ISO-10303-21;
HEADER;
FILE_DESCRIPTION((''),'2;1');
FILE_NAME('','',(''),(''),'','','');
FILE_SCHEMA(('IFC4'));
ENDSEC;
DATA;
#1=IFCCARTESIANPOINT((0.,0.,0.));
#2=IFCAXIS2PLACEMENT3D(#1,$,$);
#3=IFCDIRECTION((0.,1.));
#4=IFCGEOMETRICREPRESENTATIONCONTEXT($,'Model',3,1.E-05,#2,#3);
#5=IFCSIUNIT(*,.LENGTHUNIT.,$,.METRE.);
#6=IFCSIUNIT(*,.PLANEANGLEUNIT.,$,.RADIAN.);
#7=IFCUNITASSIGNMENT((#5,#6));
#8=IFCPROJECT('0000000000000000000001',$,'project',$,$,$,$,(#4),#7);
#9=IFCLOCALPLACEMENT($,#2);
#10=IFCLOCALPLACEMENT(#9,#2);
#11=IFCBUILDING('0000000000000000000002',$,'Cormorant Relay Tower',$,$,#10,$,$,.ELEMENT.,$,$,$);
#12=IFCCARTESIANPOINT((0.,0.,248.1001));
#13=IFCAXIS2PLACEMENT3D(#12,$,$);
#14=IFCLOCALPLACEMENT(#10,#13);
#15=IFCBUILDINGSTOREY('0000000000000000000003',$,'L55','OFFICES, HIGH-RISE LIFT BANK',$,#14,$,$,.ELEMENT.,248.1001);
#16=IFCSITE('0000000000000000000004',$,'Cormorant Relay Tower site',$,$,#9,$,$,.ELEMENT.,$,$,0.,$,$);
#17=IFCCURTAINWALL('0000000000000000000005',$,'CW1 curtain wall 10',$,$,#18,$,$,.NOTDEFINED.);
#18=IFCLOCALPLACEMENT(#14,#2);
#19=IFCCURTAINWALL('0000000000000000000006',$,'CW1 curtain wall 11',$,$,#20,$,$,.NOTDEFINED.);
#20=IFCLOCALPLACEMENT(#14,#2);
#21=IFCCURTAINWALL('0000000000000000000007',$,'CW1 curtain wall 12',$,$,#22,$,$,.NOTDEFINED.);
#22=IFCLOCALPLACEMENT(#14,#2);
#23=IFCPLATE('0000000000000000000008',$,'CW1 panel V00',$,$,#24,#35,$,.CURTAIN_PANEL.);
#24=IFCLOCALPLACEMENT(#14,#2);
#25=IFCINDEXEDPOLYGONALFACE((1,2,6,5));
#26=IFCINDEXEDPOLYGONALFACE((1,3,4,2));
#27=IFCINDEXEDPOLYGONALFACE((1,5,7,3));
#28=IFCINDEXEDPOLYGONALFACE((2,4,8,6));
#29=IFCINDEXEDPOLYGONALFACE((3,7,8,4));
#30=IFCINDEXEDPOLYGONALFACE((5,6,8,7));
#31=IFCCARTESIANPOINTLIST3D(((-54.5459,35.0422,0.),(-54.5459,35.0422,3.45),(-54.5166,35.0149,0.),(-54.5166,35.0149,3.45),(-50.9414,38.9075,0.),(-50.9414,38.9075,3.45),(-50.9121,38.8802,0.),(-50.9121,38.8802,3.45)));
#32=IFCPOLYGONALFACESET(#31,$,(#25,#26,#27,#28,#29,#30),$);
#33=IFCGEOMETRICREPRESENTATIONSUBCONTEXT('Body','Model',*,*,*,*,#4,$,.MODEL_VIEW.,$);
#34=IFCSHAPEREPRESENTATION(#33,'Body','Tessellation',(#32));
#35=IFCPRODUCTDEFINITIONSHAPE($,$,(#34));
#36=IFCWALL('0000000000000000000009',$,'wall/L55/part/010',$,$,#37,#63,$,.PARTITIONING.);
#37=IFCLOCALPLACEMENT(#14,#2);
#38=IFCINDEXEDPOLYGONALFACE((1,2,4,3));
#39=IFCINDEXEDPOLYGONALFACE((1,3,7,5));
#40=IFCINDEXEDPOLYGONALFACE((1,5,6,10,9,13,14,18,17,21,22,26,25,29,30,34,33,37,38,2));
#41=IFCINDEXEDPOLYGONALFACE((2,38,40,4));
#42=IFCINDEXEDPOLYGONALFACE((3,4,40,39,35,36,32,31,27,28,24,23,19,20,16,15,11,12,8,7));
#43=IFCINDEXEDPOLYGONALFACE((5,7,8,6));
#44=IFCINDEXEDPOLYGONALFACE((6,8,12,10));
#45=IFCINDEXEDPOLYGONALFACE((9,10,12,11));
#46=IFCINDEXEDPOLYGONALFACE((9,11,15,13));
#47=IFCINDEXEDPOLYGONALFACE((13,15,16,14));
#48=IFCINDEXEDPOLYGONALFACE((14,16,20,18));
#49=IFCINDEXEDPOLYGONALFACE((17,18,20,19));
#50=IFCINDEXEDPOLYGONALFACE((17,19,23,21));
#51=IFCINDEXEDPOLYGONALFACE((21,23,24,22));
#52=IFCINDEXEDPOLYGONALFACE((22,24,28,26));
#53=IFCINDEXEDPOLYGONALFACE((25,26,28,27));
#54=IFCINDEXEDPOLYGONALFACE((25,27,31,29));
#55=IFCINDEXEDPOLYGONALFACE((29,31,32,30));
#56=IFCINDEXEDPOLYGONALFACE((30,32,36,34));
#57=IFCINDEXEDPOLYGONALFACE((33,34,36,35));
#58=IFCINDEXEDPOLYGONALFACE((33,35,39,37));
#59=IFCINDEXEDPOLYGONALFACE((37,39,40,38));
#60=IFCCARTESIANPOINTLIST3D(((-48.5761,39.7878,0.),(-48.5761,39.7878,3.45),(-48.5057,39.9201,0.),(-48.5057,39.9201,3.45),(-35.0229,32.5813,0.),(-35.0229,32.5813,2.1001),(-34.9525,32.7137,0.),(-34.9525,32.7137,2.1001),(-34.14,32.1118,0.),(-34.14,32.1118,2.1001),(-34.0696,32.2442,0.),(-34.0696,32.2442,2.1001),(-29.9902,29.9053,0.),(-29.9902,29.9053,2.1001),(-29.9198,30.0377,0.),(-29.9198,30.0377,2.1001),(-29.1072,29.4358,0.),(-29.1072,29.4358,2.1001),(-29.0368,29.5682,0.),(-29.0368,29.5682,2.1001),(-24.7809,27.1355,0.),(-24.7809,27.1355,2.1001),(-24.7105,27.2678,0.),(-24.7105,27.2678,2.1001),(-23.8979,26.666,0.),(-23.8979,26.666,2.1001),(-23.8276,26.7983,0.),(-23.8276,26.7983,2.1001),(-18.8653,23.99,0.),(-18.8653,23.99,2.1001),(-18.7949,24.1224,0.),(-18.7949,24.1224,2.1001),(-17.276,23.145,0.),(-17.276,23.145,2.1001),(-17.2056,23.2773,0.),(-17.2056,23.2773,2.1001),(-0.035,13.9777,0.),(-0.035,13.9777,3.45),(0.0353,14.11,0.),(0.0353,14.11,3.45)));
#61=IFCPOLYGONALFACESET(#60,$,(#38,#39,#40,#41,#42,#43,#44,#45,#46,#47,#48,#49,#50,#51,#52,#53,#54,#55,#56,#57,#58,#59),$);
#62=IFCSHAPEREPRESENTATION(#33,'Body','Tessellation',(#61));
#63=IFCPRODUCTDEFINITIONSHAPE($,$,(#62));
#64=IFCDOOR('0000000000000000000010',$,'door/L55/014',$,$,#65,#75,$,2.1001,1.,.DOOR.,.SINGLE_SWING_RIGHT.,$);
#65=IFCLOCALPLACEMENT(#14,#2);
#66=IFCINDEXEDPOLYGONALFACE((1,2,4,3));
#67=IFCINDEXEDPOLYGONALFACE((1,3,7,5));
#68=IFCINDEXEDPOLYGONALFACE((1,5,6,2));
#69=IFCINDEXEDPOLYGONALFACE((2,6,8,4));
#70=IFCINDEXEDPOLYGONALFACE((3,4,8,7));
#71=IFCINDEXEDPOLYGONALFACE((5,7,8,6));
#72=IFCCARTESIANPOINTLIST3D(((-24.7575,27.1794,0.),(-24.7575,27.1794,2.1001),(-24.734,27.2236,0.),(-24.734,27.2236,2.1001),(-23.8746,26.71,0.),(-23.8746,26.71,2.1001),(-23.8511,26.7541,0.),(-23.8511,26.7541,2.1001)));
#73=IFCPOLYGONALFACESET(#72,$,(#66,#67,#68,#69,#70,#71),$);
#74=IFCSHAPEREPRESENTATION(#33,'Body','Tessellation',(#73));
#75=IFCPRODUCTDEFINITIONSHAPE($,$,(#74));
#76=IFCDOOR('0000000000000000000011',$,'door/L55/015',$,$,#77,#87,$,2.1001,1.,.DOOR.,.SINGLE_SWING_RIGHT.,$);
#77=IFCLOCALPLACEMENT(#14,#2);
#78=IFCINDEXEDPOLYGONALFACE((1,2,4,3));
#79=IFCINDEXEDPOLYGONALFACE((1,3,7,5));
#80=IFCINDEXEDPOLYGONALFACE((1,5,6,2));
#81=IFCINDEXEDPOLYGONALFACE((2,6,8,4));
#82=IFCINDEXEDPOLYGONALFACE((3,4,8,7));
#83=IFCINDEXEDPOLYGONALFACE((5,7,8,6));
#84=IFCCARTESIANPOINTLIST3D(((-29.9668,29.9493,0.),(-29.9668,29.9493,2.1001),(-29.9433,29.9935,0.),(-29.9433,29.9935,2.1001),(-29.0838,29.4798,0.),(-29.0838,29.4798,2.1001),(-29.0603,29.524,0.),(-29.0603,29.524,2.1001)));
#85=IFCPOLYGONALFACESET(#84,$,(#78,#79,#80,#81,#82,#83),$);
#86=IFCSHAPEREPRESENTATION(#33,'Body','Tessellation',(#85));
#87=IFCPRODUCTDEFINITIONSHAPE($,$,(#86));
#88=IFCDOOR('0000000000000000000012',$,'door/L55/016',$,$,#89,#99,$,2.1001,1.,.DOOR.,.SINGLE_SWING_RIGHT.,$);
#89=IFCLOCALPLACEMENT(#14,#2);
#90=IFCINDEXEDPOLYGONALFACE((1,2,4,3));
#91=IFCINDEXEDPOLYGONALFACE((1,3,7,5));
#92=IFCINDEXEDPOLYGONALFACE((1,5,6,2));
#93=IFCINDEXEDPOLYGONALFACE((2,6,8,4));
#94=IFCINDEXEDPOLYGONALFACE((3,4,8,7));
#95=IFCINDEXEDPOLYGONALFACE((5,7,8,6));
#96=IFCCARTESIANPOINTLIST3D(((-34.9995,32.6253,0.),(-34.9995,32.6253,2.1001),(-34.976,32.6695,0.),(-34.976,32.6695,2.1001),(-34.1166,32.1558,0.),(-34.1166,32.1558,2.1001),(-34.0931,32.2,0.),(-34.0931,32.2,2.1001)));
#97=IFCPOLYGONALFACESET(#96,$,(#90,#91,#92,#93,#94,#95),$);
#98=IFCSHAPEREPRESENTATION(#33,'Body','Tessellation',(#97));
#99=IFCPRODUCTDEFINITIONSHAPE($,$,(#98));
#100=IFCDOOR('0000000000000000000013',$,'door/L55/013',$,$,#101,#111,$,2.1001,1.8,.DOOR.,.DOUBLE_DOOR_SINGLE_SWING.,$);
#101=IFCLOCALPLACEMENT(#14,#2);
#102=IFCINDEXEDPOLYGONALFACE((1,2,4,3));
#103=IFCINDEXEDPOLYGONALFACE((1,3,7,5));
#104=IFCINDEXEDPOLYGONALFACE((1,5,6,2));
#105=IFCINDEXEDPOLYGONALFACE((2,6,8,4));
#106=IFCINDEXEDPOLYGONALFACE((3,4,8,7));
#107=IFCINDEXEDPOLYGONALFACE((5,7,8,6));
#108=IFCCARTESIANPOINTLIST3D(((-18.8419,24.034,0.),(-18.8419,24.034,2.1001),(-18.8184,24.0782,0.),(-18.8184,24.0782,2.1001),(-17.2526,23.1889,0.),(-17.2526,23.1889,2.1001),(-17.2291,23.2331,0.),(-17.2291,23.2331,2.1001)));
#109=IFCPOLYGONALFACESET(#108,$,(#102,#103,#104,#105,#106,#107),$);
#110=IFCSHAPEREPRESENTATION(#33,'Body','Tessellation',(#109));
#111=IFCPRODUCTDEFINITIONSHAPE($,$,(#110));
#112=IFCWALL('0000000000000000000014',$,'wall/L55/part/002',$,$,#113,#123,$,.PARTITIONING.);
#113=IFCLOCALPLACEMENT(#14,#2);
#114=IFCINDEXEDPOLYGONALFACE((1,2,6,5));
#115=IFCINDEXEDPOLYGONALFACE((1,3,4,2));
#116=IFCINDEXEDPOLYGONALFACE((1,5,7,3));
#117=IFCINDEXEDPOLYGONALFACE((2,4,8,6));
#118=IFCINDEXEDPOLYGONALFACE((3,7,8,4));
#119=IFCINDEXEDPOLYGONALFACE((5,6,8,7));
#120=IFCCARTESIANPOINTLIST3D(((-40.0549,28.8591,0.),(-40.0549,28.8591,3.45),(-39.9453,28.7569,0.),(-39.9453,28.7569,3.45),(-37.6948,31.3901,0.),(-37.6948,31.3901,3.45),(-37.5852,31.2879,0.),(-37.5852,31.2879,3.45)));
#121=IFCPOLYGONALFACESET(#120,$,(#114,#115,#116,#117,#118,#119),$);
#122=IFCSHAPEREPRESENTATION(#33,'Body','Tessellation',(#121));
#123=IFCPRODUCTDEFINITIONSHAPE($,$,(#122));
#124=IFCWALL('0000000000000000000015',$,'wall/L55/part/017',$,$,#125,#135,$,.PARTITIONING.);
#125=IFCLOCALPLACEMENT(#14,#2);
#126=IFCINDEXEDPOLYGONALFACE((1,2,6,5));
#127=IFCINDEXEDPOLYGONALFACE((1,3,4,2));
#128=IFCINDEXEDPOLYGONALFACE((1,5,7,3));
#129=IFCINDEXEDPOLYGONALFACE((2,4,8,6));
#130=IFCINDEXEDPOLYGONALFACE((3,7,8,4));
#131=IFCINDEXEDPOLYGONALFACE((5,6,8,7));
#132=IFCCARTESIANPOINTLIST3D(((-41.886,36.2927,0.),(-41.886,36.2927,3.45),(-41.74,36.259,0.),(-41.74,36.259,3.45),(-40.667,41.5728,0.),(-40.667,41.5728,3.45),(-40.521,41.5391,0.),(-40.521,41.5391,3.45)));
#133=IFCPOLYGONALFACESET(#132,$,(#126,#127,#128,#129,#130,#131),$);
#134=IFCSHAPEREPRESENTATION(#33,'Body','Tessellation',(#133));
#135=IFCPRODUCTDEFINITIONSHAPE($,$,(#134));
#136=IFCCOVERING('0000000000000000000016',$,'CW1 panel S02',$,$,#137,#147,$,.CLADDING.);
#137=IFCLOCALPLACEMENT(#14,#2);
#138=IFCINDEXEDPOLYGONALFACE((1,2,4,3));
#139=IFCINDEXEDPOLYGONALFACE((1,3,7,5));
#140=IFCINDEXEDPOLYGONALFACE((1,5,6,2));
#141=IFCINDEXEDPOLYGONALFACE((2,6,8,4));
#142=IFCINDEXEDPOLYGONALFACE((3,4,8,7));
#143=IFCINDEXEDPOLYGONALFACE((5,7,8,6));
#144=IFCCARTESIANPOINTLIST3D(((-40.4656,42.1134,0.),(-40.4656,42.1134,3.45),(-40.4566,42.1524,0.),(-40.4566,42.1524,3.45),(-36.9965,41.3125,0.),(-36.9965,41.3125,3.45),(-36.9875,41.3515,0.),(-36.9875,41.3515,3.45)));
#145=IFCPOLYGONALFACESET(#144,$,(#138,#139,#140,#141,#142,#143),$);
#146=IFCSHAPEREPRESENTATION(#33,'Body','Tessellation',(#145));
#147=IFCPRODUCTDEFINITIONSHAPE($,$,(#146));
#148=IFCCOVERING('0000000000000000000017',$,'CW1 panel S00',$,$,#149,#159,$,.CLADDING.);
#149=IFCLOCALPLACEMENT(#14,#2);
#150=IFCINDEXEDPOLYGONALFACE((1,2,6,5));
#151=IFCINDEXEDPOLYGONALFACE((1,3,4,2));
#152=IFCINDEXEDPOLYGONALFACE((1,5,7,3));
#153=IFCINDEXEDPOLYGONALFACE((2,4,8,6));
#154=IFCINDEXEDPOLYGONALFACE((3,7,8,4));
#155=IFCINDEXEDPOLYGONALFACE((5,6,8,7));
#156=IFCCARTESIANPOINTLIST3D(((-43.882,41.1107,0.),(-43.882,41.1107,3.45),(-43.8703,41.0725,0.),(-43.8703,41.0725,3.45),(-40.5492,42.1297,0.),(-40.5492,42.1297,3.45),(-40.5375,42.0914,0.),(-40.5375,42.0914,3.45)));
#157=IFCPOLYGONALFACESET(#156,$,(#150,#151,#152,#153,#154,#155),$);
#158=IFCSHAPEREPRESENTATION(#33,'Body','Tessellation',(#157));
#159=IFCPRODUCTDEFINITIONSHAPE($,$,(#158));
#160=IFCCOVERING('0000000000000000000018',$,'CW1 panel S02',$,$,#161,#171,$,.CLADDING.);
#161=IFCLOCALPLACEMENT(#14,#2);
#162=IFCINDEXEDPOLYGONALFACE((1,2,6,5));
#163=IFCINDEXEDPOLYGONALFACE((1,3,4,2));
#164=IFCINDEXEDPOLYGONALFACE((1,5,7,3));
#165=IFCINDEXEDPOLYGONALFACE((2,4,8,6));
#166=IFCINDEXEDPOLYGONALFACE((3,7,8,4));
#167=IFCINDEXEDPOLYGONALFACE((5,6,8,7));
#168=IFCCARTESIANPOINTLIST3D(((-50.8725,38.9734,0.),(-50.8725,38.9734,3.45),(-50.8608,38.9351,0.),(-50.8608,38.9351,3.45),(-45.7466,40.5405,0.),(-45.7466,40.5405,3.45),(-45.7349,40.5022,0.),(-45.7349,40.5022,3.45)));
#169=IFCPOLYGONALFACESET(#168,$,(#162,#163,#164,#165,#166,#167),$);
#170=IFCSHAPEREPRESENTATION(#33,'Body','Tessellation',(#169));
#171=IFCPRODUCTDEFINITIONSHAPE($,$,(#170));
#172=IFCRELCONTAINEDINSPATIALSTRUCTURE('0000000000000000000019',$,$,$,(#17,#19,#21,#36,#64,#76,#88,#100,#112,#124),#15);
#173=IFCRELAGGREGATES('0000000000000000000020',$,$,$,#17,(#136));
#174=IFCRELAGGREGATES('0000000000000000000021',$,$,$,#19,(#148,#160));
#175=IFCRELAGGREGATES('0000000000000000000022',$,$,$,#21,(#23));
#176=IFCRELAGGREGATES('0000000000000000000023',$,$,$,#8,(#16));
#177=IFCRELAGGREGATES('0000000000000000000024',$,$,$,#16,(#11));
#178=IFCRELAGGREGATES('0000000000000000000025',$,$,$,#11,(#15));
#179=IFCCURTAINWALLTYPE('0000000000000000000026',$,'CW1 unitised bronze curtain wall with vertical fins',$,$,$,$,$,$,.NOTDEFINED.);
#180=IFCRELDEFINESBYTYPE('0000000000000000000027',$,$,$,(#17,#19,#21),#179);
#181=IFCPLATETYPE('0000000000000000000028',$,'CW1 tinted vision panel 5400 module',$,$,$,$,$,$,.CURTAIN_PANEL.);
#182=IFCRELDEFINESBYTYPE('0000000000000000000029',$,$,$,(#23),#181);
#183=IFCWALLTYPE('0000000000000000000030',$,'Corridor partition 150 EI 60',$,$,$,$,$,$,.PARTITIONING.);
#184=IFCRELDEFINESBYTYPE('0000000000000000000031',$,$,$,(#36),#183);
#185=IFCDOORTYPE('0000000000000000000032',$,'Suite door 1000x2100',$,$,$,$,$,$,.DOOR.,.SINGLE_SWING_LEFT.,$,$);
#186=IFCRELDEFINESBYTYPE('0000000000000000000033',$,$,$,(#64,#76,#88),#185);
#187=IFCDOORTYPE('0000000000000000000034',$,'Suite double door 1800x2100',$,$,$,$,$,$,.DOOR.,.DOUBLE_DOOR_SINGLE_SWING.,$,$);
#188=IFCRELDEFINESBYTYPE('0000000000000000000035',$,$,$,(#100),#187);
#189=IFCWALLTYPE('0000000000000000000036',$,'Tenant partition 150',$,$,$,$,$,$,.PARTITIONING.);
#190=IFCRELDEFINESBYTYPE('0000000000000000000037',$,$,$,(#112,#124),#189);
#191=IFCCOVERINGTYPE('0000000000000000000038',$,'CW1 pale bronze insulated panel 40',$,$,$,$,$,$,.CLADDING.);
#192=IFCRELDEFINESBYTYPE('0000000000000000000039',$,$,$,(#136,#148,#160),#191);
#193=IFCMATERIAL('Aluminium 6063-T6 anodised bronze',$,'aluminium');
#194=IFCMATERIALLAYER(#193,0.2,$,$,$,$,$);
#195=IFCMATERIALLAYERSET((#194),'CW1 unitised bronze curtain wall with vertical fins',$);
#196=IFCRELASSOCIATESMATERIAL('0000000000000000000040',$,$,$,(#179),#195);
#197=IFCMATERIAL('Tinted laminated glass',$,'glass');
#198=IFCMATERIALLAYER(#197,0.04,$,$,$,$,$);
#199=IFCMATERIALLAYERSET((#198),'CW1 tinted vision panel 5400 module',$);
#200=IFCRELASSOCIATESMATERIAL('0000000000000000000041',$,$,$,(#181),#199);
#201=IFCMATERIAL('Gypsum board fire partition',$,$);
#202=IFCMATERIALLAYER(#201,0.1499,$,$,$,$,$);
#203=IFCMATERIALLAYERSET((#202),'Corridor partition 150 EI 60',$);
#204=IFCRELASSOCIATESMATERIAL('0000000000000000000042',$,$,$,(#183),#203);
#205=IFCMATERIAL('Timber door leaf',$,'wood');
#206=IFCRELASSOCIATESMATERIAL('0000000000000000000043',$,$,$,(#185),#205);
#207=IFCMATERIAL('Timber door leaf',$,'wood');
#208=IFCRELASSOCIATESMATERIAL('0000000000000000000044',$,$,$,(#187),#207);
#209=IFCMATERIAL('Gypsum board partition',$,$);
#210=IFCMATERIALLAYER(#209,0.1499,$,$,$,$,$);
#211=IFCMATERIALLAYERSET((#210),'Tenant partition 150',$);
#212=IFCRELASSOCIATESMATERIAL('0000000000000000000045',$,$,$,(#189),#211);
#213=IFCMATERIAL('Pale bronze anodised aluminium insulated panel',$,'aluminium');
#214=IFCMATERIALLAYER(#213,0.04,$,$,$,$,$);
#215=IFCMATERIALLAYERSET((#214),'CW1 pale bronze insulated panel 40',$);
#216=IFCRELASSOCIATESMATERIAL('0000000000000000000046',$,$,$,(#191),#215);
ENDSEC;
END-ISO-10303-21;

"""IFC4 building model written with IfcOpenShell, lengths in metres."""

from ifc_helpers import new_model, si_unit, direction, frame, frame_2d, origin, origin_2d, place, context, subcontext, project, spatial, rectangle, extrude, material, layer, layer_set, type_object, element, fill, aggregate, save


model = new_model("IFC4")

# Units and contexts
model_context = context("Model", 3, precision=1e-05, world=origin(), true_north=direction((0.0, 1.0)))
body_context = subcontext(model_context, "Body", "Model", "MODEL_VIEW")
ifc_project = project(units=[si_unit("LENGTHUNIT", "METRE"), si_unit("PLANEANGLEUNIT", "RADIAN")], contexts=[model_context])

# Site, building, storey
site_placement = place(None, origin())
site = spatial("IfcSite", under=ifc_project, at=site_placement, Name="Cormorant Relay Tower site", CompositionType="ELEMENT", RefElevation=0.0)
building_placement = place(site_placement, origin())
building = spatial("IfcBuilding", under=site, at=building_placement, Name="Cormorant Relay Tower", CompositionType="ELEMENT")
storey_placement = place(building_placement, frame((0.0, 0.0, 248.1001)))
storey = spatial("IfcBuildingStorey", under=building, at=storey_placement, Name="L55", Description="OFFICES, HIGH-RISE LIFT BANK", CompositionType="ELEMENT", Elevation=248.1001)

# Curtain wall
ifc_material_1 = material(Name="Aluminium 6063-T6 anodised bronze", Category="aluminium")
ifc_layer_1 = layer(ifc_material_1, 0.2)
ifc_layer_set_1 = layer_set([ifc_layer_1], Name="CW1 unitised bronze curtain wall with vertical fins")
curtain_wall_type = type_object("IfcCurtainWallType", Name="CW1 unitised bronze curtain wall with vertical fins", PredefinedType="NOTDEFINED", material=ifc_layer_set_1)
curtain_wall_1_placement = place(storey_placement, origin())
curtain_wall_1 = element("IfcCurtainWall", 1, at=curtain_wall_1_placement, inside=storey, type_object=curtain_wall_type, Name="CW1 curtain wall 10", PredefinedType="NOTDEFINED")

# Curtain walls
curtain_wall_2_placement = place(storey_placement, origin())
curtain_wall_2 = element("IfcCurtainWall", 2, at=curtain_wall_2_placement, inside=storey, type_object=curtain_wall_type, Name="CW1 curtain wall 11", PredefinedType="NOTDEFINED")
curtain_wall_3_placement = place(storey_placement, origin())
curtain_wall_3 = element("IfcCurtainWall", 3, at=curtain_wall_3_placement, inside=storey, type_object=curtain_wall_type, Name="CW1 curtain wall 12", PredefinedType="NOTDEFINED")

# Plate
ifc_material_2 = material(Name="Tinted laminated glass", Category="glass")
ifc_layer_2 = layer(ifc_material_2, 0.04)
ifc_layer_set_2 = layer_set([ifc_layer_2], Name="CW1 tinted vision panel 5400 module")
plate_type_1 = type_object("IfcPlateType", Name="CW1 tinted vision panel 5400 module", PredefinedType="CURTAIN_PANEL", material=ifc_layer_set_2)
plate_1_placement = place(storey_placement, frame((-52.729, 36.9612, 0.0), z_axis=(0.0, 0.0, 1.0), x_axis=(-0.681998, -0.731354, 0.0)))
plate_1 = element("IfcPlate", 4, at=plate_1_placement, type_object=plate_type_1, Name="CW1 panel V00", PredefinedType="CURTAIN_PANEL", context=body_context, shape_type="SweptSolid", body=[
    extrude(rectangle(XDim=5.2852, YDim=0.04, at=origin_2d()), origin(), (0.0, 0.0, 1.0), 3.45),
])

# Wall, openings, doors
ifc_material_3 = material(Name="Gypsum board fire partition")
ifc_layer_3 = layer(ifc_material_3, 0.1499)
ifc_layer_set_3 = layer_set([ifc_layer_3], Name="Corridor partition 150 EI 60")
wall_type_1 = type_object("IfcWallType", Name="Corridor partition 150 EI 60", PredefinedType="PARTITIONING", material=ifc_layer_set_3)
wall_1_placement = place(storey_placement, frame((-48.541, 39.854, 0.0), z_axis=(0.0, 0.0, 1.0), x_axis=(0.882945, -0.469476, 0.0)))
wall_1 = element("IfcWall", 5, at=wall_1_placement, inside=storey, type_object=wall_type_1, Name="wall/L55/part/010", PredefinedType="PARTITIONING", context=body_context, shape_type="SweptSolid", body=[
    extrude(rectangle(XDim=54.9763, YDim=0.1499, at=frame_2d((27.4883, 0.0))), origin(), (0.0, 0.0, 1.0), 3.45),
])
opening_1_placement = place(wall_1_placement, frame((33.6499, 0.0, 0.0)))
opening_1 = element("IfcOpeningElement", 6, at=opening_1_placement, cuts=wall_1, PredefinedType="OPENING", context=body_context, shape_type="SweptSolid", body=[
    extrude(rectangle(XDim=1.8, YDim=2.1001, at=frame_2d((0.8999, 1.05))), frame((0.0, 0.085, 0.0), z_axis=(0.0, -1.0, 0.0), x_axis=(1.0, 0.0, 0.0)), (0.0, 0.0, 1.0), 0.1699),
])
opening_2_placement = place(wall_1_placement, frame((26.95, 0.0, 0.0)))
opening_2 = element("IfcOpeningElement", 7, at=opening_2_placement, cuts=wall_1, PredefinedType="OPENING", context=body_context, shape_type="SweptSolid", body=[
    extrude(rectangle(XDim=1.0, YDim=2.1001, at=frame_2d((0.5, 1.05))), frame((0.0, 0.085, 0.0), z_axis=(0.0, -1.0, 0.0), x_axis=(1.0, 0.0, 0.0)), (0.0, 0.0, 1.0), 0.1699),
])
opening_3_placement = place(wall_1_placement, frame((21.05, 0.0, 0.0)))
opening_3 = element("IfcOpeningElement", 8, at=opening_3_placement, cuts=wall_1, PredefinedType="OPENING", context=body_context, shape_type="SweptSolid", body=[
    extrude(rectangle(XDim=1.0, YDim=2.1001, at=frame_2d((0.5, 1.05))), frame((0.0, 0.085, 0.0), z_axis=(0.0, -1.0, 0.0), x_axis=(1.0, 0.0, 0.0)), (0.0, 0.0, 1.0), 0.1699),
])
opening_4_placement = place(wall_1_placement, frame((15.3501, 0.0, 0.0)))
opening_4 = element("IfcOpeningElement", 9, at=opening_4_placement, cuts=wall_1, PredefinedType="OPENING", context=body_context, shape_type="SweptSolid", body=[
    extrude(rectangle(XDim=1.0, YDim=2.1001, at=frame_2d((0.5, 1.05))), frame((0.0, 0.085, 0.0), z_axis=(0.0, -1.0, 0.0), x_axis=(1.0, 0.0, 0.0)), (0.0, 0.0, 1.0), 0.1699),
])
ifc_material_4 = material(Name="Timber door leaf", Category="wood")
door_type_1 = type_object("IfcDoorType", Name="Suite door 1000x2100", OperationType="SINGLE_SWING_LEFT", PredefinedType="DOOR", material=ifc_material_4)
door_1_placement = place(opening_2_placement, origin())
door_1 = element("IfcDoor", 10, at=door_1_placement, inside=storey, type_object=door_type_1, Name="door/L55/014", OperationType="SINGLE_SWING_RIGHT", OverallHeight=2.1001, OverallWidth=1.0, PredefinedType="DOOR", context=body_context, shape_type="SweptSolid", body=[
    extrude(rectangle(XDim=1.0, YDim=2.1001, at=frame_2d((0.5, 1.05))), frame((0.0, 0.0249, 0.0), z_axis=(0.0, -1.0, 0.0), x_axis=(1.0, 0.0, 0.0)), (0.0, 0.0, 1.0), 0.05),
])
fill(opening_2, door_1)
door_2_placement = place(opening_3_placement, origin())
door_2 = element("IfcDoor", 11, at=door_2_placement, inside=storey, type_object=door_type_1, Name="door/L55/015", OperationType="SINGLE_SWING_RIGHT", OverallHeight=2.1001, OverallWidth=1.0, PredefinedType="DOOR", context=body_context, shape_type="SweptSolid", body=[
    extrude(rectangle(XDim=1.0, YDim=2.1001, at=frame_2d((0.5, 1.05))), frame((0.0, 0.0249, 0.0), z_axis=(0.0, -1.0, 0.0), x_axis=(1.0, 0.0, 0.0)), (0.0, 0.0, 1.0), 0.05),
])
fill(opening_3, door_2)
door_3_placement = place(opening_4_placement, origin())
door_3 = element("IfcDoor", 12, at=door_3_placement, inside=storey, type_object=door_type_1, Name="door/L55/016", OperationType="SINGLE_SWING_RIGHT", OverallHeight=2.1001, OverallWidth=1.0, PredefinedType="DOOR", context=body_context, shape_type="SweptSolid", body=[
    extrude(rectangle(XDim=1.0, YDim=2.1001, at=frame_2d((0.5, 1.05))), frame((0.0, 0.0249, 0.0), z_axis=(0.0, -1.0, 0.0), x_axis=(1.0, 0.0, 0.0)), (0.0, 0.0, 1.0), 0.05),
])
fill(opening_4, door_3)
ifc_material_5 = material(Name="Timber door leaf", Category="wood")
door_type_2 = type_object("IfcDoorType", Name="Suite double door 1800x2100", OperationType="DOUBLE_DOOR_SINGLE_SWING", PredefinedType="DOOR", material=ifc_material_5)
door_4_placement = place(opening_1_placement, origin())
door_4 = element("IfcDoor", 13, at=door_4_placement, inside=storey, type_object=door_type_2, Name="door/L55/013", OperationType="DOUBLE_DOOR_SINGLE_SWING", OverallHeight=2.1001, OverallWidth=1.8, PredefinedType="DOOR", context=body_context, shape_type="SweptSolid", body=[
    extrude(rectangle(XDim=1.8, YDim=2.1001, at=frame_2d((0.8999, 1.05))), frame((0.0, 0.0249, 0.0), z_axis=(0.0, -1.0, 0.0), x_axis=(1.0, 0.0, 0.0)), (0.0, 0.0, 1.0), 0.05),
])
fill(opening_1, door_4)

# Walls
ifc_material_6 = material(Name="Gypsum board partition")
ifc_layer_4 = layer(ifc_material_6, 0.1499)
ifc_layer_set_4 = layer_set([ifc_layer_4], Name="Tenant partition 150")
wall_type_2 = type_object("IfcWallType", Name="Tenant partition 150", PredefinedType="PARTITIONING", material=ifc_layer_set_4)
wall_2_placement = place(storey_placement, frame((-37.6399, 31.3391, 0.0), z_axis=(0.0, 0.0, 1.0), x_axis=(-0.681984, -0.731367, 0.0)))
element("IfcWall", 14, at=wall_2_placement, inside=storey, type_object=wall_type_2, Name="wall/L55/part/002", PredefinedType="PARTITIONING", context=body_context, shape_type="SweptSolid", body=[
    extrude(rectangle(XDim=3.4607, YDim=0.1499, at=frame_2d((1.7305, 0.0))), origin(), (0.0, 0.0, 1.0), 3.45),
])
wall_3_placement = place(storey_placement, frame((-41.813, 36.2759, 0.0), z_axis=(0.0, 0.0, 1.0), x_axis=(0.224952, 0.97437, 0.0)))
element("IfcWall", 15, at=wall_3_placement, inside=storey, type_object=wall_type_2, Name="wall/L55/part/017", PredefinedType="PARTITIONING", context=body_context, shape_type="SweptSolid", body=[
    extrude(rectangle(XDim=5.4189, YDim=0.1499, at=frame_2d((2.7095, 0.0))), origin(), (0.0, 0.0, 1.0), 3.45),
])

# Coverings
ifc_material_7 = material(Name="Pale bronze anodised aluminium insulated panel", Category="aluminium")
ifc_layer_5 = layer(ifc_material_7, 0.04)
ifc_layer_set_5 = layer_set([ifc_layer_5], Name="CW1 pale bronze insulated panel 40")
covering_type = type_object("IfcCoveringType", Name="CW1 pale bronze insulated panel 40", PredefinedType="CLADDING", material=ifc_layer_set_5)
covering_1_placement = place(storey_placement, frame((-38.7266, 41.7324, 0.0), z_axis=(0.0, 0.0, 1.0), x_axis=(-0.97437, 0.224951, 0.0)))
covering_1 = element("IfcCovering", 16, at=covering_1_placement, type_object=covering_type, Name="CW1 panel S02", PredefinedType="CLADDING", context=body_context, shape_type="SweptSolid", body=[
    extrude(rectangle(XDim=3.5603, YDim=0.04, at=origin_2d()), origin(), (0.0, 0.0, 1.0), 3.45),
])
aggregate(curtain_wall_1, [covering_1])
covering_2_placement = place(storey_placement, frame((-42.2097, 41.6011, 0.0), z_axis=(0.0, 0.0, 1.0), x_axis=(-0.956305, -0.292372, 0.0)))
covering_2 = element("IfcCovering", 17, at=covering_2_placement, type_object=covering_type, Name="CW1 panel S00", PredefinedType="CLADDING", context=body_context, shape_type="SweptSolid", body=[
    extrude(rectangle(XDim=3.4851, YDim=0.04, at=origin_2d()), origin(), (0.0, 0.0, 1.0), 3.45),
])
covering_3_placement = place(storey_placement, frame((-48.3037, 39.7378, 0.0), z_axis=(0.0, 0.0, 1.0), x_axis=(-0.956305, -0.292372, 0.0)))
covering_3 = element("IfcCovering", 18, at=covering_3_placement, type_object=covering_type, Name="CW1 panel S02", PredefinedType="CLADDING", context=body_context, shape_type="SweptSolid", body=[
    extrude(rectangle(XDim=5.3601, YDim=0.04, at=origin_2d()), origin(), (0.0, 0.0, 1.0), 3.45),
])
aggregate(curtain_wall_2, [covering_2, covering_3])
aggregate(curtain_wall_3, [plate_1])

save(model, "model.ifc")
